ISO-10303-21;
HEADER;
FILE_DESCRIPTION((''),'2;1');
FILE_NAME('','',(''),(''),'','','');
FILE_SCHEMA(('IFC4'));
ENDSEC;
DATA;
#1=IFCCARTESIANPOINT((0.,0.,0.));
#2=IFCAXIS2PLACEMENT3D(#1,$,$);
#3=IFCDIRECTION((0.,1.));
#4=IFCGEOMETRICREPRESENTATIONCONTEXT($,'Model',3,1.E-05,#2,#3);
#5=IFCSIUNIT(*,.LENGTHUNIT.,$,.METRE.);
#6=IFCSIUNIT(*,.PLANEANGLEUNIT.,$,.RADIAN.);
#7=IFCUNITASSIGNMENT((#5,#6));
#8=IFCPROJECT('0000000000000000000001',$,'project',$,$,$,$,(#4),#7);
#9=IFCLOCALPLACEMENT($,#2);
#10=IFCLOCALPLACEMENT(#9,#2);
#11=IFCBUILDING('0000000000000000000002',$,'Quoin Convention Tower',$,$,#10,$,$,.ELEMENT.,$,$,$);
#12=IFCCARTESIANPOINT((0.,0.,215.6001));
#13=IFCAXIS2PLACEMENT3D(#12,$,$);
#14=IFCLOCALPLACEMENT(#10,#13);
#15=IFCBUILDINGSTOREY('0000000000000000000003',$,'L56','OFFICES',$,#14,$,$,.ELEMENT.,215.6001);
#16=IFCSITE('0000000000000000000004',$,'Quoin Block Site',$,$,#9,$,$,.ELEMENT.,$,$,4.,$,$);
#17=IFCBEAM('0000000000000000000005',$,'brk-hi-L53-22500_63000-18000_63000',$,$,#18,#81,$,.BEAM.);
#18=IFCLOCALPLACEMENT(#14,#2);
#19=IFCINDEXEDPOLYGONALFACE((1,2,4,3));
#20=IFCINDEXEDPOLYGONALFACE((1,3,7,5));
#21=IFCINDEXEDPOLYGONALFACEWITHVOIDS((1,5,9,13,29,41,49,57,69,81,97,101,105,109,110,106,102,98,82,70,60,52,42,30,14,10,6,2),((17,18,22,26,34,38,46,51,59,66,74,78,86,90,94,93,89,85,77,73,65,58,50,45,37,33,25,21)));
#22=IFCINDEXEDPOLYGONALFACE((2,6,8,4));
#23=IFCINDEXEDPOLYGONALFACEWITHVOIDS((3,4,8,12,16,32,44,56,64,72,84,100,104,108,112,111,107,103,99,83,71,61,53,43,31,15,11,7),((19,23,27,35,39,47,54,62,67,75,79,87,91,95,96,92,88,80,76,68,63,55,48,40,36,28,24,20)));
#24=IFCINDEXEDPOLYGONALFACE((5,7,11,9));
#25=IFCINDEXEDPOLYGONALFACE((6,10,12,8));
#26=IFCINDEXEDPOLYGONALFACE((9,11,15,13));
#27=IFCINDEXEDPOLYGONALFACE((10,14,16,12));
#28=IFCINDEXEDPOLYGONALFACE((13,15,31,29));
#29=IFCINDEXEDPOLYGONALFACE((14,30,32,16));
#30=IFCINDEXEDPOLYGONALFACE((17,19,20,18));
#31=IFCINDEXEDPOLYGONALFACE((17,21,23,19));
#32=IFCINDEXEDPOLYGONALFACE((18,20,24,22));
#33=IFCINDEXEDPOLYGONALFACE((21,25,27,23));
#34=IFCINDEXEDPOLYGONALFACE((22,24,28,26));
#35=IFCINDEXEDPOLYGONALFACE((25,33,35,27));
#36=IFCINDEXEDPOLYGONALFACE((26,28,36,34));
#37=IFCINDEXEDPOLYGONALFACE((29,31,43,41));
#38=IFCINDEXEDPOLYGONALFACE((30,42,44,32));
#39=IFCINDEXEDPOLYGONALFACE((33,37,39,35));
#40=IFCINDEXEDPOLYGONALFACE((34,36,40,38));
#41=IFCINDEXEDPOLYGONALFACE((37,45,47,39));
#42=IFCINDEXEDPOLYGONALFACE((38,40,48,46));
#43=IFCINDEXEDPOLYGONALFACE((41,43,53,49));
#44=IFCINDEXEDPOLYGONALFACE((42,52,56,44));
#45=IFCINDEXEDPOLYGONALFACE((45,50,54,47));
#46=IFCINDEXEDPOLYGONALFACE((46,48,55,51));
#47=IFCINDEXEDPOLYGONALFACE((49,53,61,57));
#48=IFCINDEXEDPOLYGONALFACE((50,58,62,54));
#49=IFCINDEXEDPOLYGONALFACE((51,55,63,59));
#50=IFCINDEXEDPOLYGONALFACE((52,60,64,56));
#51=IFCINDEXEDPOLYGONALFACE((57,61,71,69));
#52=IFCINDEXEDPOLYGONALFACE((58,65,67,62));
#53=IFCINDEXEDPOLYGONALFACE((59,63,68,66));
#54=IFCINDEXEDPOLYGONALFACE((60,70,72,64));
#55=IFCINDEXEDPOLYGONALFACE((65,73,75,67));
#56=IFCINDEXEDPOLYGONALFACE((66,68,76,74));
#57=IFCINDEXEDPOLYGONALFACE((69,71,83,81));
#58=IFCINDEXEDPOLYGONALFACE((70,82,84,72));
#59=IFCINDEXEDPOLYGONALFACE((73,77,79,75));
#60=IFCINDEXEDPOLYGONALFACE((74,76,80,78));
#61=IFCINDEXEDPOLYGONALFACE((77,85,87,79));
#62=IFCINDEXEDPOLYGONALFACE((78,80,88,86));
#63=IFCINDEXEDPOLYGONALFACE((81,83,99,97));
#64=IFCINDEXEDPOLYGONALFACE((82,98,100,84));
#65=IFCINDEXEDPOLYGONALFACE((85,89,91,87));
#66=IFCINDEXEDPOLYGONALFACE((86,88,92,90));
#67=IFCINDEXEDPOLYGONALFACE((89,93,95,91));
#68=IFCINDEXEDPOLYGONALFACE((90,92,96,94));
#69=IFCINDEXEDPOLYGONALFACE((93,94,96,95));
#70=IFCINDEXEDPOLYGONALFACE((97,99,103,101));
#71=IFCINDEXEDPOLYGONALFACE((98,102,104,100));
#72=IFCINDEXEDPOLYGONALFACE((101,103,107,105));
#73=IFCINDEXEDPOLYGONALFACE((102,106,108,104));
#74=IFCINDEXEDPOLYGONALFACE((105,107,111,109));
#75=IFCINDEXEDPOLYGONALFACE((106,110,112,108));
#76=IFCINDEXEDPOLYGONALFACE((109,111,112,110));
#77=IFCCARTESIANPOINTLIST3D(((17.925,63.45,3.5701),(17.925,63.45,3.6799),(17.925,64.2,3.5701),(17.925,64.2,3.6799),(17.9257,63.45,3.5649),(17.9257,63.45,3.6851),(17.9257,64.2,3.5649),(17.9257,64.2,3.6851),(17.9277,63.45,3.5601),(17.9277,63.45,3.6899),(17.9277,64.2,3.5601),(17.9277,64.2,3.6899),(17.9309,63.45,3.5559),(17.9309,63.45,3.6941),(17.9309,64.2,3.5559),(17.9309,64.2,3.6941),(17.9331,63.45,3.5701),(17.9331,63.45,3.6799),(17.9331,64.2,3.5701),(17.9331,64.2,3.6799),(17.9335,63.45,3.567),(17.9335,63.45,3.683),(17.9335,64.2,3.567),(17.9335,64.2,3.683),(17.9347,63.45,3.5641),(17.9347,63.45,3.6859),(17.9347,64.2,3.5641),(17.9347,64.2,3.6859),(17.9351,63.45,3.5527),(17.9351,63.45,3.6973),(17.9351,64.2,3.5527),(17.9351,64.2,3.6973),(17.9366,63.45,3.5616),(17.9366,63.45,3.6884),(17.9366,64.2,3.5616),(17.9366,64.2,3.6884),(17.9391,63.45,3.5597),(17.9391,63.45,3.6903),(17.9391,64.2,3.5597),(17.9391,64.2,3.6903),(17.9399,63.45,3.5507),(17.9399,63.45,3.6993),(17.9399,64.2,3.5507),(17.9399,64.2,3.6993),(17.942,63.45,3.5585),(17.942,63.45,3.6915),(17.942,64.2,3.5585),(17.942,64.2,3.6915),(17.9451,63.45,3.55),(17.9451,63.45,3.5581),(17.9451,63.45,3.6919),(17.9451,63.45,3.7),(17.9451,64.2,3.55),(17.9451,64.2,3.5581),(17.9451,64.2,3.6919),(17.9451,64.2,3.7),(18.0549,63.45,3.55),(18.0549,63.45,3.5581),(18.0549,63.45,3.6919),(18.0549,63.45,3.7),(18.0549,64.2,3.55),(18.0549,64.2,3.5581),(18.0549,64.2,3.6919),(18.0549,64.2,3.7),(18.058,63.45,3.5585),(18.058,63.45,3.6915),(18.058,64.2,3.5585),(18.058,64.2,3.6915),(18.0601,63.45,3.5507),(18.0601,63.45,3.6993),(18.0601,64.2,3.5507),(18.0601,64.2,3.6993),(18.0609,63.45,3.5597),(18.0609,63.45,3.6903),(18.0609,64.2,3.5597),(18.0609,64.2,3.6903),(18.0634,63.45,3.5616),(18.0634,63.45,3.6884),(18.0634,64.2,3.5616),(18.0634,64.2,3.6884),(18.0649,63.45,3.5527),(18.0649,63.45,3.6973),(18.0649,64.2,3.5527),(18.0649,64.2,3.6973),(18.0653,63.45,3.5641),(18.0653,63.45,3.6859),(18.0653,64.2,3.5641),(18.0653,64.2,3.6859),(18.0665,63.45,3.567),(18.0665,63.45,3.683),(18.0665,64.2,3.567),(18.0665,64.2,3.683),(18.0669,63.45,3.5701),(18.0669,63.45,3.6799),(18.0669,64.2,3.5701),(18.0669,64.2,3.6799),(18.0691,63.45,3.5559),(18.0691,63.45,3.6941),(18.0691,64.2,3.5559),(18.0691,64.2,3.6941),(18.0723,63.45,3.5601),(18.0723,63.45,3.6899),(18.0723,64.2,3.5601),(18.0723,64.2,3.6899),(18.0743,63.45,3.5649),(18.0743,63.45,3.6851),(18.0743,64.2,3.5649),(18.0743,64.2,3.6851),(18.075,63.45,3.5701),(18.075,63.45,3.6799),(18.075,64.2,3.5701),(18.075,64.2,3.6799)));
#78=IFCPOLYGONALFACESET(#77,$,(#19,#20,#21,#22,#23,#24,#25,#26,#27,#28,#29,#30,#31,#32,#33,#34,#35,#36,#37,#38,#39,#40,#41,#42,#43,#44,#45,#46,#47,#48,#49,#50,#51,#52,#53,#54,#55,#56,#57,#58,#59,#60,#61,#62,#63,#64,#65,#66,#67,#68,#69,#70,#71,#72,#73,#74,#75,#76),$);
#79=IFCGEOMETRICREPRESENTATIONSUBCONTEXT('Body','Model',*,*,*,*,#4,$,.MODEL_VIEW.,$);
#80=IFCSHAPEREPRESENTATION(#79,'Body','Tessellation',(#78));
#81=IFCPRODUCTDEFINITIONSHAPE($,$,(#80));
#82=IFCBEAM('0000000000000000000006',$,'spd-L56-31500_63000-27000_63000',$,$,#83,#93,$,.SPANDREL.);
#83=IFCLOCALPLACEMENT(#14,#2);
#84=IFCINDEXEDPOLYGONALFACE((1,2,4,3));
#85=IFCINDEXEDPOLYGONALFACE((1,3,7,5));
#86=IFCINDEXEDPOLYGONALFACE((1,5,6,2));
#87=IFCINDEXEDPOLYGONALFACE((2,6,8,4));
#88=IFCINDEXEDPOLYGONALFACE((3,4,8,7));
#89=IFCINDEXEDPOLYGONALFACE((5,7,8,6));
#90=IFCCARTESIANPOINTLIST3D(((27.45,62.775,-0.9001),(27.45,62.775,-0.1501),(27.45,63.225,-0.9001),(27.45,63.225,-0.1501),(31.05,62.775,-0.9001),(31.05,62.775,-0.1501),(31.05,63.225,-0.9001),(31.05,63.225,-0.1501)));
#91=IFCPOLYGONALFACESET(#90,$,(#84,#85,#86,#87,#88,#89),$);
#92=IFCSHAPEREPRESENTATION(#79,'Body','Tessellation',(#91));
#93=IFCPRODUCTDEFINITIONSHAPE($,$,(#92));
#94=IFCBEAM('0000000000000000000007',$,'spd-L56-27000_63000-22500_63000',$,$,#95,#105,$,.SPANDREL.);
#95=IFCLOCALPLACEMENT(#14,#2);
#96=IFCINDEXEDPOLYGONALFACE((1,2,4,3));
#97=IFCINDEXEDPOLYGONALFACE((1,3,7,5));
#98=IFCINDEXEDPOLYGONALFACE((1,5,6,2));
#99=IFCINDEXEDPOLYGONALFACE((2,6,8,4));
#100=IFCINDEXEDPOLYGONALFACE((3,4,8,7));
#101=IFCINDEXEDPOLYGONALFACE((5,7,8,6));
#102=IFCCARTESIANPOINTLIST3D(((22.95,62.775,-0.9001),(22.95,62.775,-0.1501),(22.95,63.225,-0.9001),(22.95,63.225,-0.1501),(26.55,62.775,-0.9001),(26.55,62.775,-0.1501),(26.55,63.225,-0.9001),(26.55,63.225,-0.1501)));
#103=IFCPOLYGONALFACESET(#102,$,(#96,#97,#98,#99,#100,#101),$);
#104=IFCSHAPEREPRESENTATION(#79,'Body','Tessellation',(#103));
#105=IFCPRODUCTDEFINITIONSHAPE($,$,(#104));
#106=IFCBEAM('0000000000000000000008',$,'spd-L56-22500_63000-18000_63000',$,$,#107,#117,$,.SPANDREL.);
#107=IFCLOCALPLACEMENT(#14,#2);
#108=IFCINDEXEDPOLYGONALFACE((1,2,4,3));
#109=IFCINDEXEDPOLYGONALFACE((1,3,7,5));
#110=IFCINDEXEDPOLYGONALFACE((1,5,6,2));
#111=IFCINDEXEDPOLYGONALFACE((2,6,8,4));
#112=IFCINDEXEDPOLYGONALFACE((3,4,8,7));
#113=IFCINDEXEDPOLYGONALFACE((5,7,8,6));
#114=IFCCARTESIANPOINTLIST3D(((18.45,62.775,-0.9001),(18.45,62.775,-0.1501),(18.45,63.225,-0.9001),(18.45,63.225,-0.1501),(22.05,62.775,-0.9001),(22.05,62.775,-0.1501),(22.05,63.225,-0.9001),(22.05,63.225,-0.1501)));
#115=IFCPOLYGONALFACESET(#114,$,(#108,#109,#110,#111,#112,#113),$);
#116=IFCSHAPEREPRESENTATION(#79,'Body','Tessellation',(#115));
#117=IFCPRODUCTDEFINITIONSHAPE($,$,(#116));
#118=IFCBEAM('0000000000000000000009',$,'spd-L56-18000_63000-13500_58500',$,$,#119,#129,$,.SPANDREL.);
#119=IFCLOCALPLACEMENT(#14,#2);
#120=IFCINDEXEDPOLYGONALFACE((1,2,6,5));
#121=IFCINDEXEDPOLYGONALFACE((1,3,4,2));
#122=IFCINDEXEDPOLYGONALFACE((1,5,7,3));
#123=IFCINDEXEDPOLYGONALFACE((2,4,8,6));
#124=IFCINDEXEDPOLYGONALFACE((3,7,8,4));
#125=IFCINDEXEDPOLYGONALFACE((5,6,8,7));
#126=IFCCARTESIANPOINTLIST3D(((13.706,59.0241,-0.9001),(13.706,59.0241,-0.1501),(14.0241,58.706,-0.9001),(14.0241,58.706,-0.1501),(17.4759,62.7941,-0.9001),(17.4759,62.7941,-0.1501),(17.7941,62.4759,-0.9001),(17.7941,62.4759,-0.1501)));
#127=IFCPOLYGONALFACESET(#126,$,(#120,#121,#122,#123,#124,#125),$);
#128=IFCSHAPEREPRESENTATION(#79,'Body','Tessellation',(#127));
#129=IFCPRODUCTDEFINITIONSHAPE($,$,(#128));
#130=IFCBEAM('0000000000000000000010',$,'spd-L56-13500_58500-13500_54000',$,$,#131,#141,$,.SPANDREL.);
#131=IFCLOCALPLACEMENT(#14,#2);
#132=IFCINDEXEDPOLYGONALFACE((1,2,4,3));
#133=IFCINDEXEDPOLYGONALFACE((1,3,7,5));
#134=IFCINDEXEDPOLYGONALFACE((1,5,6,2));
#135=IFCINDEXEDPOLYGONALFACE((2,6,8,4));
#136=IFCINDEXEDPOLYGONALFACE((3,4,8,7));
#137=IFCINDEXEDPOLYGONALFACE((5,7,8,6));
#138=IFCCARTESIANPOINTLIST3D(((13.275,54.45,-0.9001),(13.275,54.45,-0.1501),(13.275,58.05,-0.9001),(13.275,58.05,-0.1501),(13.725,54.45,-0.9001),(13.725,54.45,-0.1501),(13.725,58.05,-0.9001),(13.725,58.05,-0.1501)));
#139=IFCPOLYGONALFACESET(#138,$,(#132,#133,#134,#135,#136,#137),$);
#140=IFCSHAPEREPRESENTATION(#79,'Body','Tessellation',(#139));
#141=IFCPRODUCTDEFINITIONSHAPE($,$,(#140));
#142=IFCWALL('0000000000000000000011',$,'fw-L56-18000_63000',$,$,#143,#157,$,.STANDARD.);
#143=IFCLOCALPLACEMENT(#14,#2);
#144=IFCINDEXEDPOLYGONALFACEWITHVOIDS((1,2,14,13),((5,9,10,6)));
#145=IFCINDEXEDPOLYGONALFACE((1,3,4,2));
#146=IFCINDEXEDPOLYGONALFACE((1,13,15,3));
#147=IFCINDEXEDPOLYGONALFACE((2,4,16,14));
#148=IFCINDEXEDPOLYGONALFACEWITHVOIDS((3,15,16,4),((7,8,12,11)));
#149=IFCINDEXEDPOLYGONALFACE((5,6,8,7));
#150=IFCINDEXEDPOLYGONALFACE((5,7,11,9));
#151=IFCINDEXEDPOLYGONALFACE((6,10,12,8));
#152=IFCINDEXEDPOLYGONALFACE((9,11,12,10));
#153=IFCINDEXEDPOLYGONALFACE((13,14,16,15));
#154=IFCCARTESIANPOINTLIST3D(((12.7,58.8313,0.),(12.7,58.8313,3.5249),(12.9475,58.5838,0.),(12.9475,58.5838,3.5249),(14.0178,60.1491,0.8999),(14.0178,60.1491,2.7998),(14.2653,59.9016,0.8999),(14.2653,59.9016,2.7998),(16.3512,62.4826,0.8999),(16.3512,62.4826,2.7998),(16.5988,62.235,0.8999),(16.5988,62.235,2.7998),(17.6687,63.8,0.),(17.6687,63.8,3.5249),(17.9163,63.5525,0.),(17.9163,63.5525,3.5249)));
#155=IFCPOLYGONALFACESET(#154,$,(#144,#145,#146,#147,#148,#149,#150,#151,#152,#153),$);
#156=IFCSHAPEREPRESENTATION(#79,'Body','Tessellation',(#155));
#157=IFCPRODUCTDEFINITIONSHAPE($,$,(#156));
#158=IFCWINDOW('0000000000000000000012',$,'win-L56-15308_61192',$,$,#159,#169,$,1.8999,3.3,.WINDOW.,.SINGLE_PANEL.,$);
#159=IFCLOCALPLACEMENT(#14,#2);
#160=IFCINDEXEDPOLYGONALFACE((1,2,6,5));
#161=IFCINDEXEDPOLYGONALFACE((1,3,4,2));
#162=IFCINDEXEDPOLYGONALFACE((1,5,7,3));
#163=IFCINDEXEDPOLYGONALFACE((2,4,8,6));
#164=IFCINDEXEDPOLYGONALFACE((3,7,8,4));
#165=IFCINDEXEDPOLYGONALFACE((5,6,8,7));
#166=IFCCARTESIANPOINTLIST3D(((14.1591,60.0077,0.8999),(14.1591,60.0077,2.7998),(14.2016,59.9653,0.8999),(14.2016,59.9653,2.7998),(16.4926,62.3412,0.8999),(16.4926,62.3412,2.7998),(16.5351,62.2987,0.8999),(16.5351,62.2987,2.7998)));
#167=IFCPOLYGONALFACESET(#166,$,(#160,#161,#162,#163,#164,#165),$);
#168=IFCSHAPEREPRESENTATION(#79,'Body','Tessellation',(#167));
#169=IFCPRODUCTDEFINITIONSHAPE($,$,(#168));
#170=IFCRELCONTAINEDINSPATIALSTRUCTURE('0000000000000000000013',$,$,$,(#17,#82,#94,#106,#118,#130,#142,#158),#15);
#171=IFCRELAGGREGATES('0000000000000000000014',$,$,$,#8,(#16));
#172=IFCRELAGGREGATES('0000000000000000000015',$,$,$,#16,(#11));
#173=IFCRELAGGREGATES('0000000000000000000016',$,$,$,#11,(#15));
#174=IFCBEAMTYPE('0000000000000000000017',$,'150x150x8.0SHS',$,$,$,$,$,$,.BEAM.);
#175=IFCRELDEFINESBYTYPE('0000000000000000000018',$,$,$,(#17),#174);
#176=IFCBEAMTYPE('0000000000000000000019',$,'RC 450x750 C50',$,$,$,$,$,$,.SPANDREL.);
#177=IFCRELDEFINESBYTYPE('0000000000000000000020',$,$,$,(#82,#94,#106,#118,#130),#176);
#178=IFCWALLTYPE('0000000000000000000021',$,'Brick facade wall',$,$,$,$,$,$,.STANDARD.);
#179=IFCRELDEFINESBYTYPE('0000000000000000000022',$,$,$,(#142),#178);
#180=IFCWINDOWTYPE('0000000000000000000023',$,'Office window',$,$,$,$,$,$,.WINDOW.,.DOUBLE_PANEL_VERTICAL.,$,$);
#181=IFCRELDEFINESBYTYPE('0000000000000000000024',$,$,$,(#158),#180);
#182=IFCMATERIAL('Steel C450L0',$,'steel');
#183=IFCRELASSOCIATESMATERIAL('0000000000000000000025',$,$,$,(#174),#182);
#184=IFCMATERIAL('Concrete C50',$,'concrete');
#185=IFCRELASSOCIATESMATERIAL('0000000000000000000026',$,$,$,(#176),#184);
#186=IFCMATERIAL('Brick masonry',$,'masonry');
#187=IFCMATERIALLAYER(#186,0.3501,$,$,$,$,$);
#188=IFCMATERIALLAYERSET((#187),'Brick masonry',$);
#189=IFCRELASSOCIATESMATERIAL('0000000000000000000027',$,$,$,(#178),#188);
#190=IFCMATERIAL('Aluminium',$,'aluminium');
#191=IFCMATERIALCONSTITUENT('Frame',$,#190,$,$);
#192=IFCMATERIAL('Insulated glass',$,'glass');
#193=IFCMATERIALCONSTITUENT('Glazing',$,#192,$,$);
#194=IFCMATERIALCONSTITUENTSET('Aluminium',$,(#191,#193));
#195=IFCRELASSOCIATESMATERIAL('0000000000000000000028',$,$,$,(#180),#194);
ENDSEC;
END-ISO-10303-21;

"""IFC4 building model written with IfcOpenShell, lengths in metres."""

from ifc_helpers import new_model, si_unit, direction, frame, frame_2d, origin, origin_2d, place, context, subcontext, project, spatial, rectangle, hollow_rectangle, extrude, material, layer, layer_set, constituent, constituent_set, material_profile, profile_set, type_object, element, fill, save


model = new_model("IFC4")

# Units and contexts
model_context = context("Model", 3, precision=1e-05, world=origin(), true_north=direction((0.0, 1.0)))
body_context = subcontext(model_context, "Body", "Model", "MODEL_VIEW")
ifc_project = project(units=[si_unit("LENGTHUNIT", "METRE"), si_unit("PLANEANGLEUNIT", "RADIAN")], contexts=[model_context])

# Site, building, storey
site_placement = place(None, origin())
site = spatial("IfcSite", under=ifc_project, at=site_placement, Name="Quoin Block Site", CompositionType="ELEMENT", RefElevation=4.0)
building_placement = place(site_placement, origin())
building = spatial("IfcBuilding", under=site, at=building_placement, Name="Quoin Convention Tower", CompositionType="ELEMENT")
storey_placement = place(building_placement, frame((0.0, 0.0, 215.6001)))
storey = spatial("IfcBuildingStorey", under=building, at=storey_placement, Name="L56", Description="OFFICES", CompositionType="ELEMENT", Elevation=215.6001)

# Shared definitions
ifc_material_1 = material(Name="Concrete C50", Category="concrete")

# Beams
ifc_material_2 = material(Name="Steel C450L0", Category="steel")
ifc_material_profile_1 = material_profile(ifc_material_2, hollow_rectangle(XDim=0.1499, YDim=0.1499, WallThickness=0.0081, InnerFilletRadius=0.012, OuterFilletRadius=0.02, at=origin_2d()), Name="150x150x8.0SHS")
ifc_profile_set_1 = profile_set([ifc_material_profile_1], Name="Steel C450L0")
beam_type_1 = type_object("IfcBeamType", Name="150x150x8.0SHS", PredefinedType="BEAM", material=ifc_profile_set_1)
for number, where, z_axis, x_axis, name in (
    (1, (18.0, 63.45, 3.625), (0.0, 1.0, 0.0), (-1.0, 0.0, 0.0), "brk-hi-L53-22500_63000-18000_63000"),
):
    element("IfcBeam", number, at=place(storey_placement, frame(where, z_axis=z_axis, x_axis=x_axis)), inside=storey, type_object=beam_type_1, Name=name, PredefinedType="BEAM", context=body_context, shape_type="SweptSolid", body=[
        extrude(hollow_rectangle(XDim=0.1499, YDim=0.1499, WallThickness=0.0081, InnerFilletRadius=0.012, OuterFilletRadius=0.02, at=origin_2d()), origin(), (0.0, 0.0, 1.0), 0.75),
    ])
ifc_material_profile_2 = material_profile(ifc_material_1, rectangle(XDim=0.45, YDim=0.75, at=origin_2d()), Name="RC 450x750")
ifc_profile_set_2 = profile_set([ifc_material_profile_2], Name="Concrete C50")
beam_type_2 = type_object("IfcBeamType", Name="RC 450x750 C50", PredefinedType="SPANDREL", material=ifc_profile_set_2)
for number, where, z_axis, x_axis, name in (
    (2, (31.05, 63.0, -0.5251), (-1.0, 0.0, 0.0), (0.0, -1.0, 0.0), "spd-L56-31500_63000-27000_63000"),
    (3, (26.55, 63.0, -0.5251), (-1.0, 0.0, 0.0), (0.0, -1.0, 0.0), "spd-L56-27000_63000-22500_63000"),
    (4, (22.05, 63.0, -0.5251), (-1.0, 0.0, 0.0), (0.0, -1.0, 0.0), "spd-L56-22500_63000-18000_63000"),
):
    element("IfcBeam", number, at=place(storey_placement, frame(where, z_axis=z_axis, x_axis=x_axis)), inside=storey, type_object=beam_type_2, Name=name, PredefinedType="SPANDREL", context=body_context, shape_type="SweptSolid", body=[
        extrude(rectangle(XDim=0.45, YDim=0.75, at=origin_2d()), origin(), (0.0, 0.0, 1.0), 3.6001),
    ])
beam_1_placement = place(storey_placement, frame((17.635, 62.635, -0.5251), z_axis=(-0.707107, -0.707107, 0.0), x_axis=(0.707107, -0.707107, 0.0)))
element("IfcBeam", 5, at=beam_1_placement, inside=storey, type_object=beam_type_2, Name="spd-L56-18000_63000-13500_58500", PredefinedType="SPANDREL", context=body_context, shape_type="SweptSolid", body=[
    extrude(rectangle(XDim=0.45, YDim=0.75, at=origin_2d()), origin(), (0.0, 0.0, 1.0), 5.3315),
])
beam_2_placement = place(storey_placement, frame((13.5, 58.05, -0.5251), z_axis=(0.0, -1.0, 0.0), x_axis=(1.0, 0.0, 0.0)))
element("IfcBeam", 6, at=beam_2_placement, inside=storey, type_object=beam_type_2, Name="spd-L56-13500_58500-13500_54000", PredefinedType="SPANDREL", context=body_context, shape_type="SweptSolid", body=[
    extrude(rectangle(XDim=0.45, YDim=0.75, at=origin_2d()), origin(), (0.0, 0.0, 1.0), 3.6001),
])

# Wall, opening, window
ifc_material_3 = material(Name="Brick masonry", Category="masonry")
ifc_layer_1 = layer(ifc_material_3, 0.3501)
ifc_layer_set_1 = layer_set([ifc_layer_1], Name="Brick masonry")
wall_type_1 = type_object("IfcWallType", Name="Brick facade wall", PredefinedType="STANDARD", material=ifc_layer_set_1)
wall_1_placement = place(storey_placement, frame((17.7925, 63.6763, 0.0), z_axis=(0.0, 0.0, 1.0), x_axis=(-0.707107, -0.707107, 0.0)))
wall_1 = element("IfcWall", 7, at=wall_1_placement, inside=storey, type_object=wall_type_1, Name="fw-L56-18000_63000", PredefinedType="STANDARD", context=body_context, shape_type="SweptSolid", body=[
    extrude(rectangle(XDim=7.0269, YDim=0.3501, at=frame_2d((3.5134, 0.0))), origin(), (0.0, 0.0, 1.0), 3.5249),
])
opening_1_placement = place(wall_1_placement, frame((1.8633, 0.0, 0.8999)))
opening_1 = element("IfcOpeningElement", 8, at=opening_1_placement, cuts=wall_1, PredefinedType="OPENING", context=body_context, shape_type="SweptSolid", body=[
    extrude(rectangle(XDim=3.3, YDim=1.8999, at=frame_2d((1.6499, 0.95))), frame((0.0, 0.1851, 0.0), z_axis=(0.0, -1.0, 0.0), x_axis=(1.0, 0.0, 0.0)), (0.0, 0.0, 1.0), 0.3701),
])
ifc_material_4 = material(Name="Aluminium", Category="aluminium")
ifc_constituent_1 = constituent(ifc_material_4, Name="Frame")
ifc_material_5 = material(Name="Insulated glass", Category="glass")
ifc_constituent_2 = constituent(ifc_material_5, Name="Glazing")
ifc_constituent_set = constituent_set(constituents=[ifc_constituent_1, ifc_constituent_2], Name="Aluminium")
window_type = type_object("IfcWindowType", Name="Office window", PartitioningType="DOUBLE_PANEL_VERTICAL", PredefinedType="WINDOW", material=ifc_constituent_set)
window_1_placement = place(opening_1_placement, origin())
window_1 = element("IfcWindow", 9, at=window_1_placement, inside=storey, type_object=window_type, Name="win-L56-15308_61192", OverallHeight=1.8999, OverallWidth=3.3, PartitioningType="SINGLE_PANEL", PredefinedType="WINDOW", context=body_context, shape_type="SweptSolid", body=[
    extrude(rectangle(XDim=3.3, YDim=1.8999, at=frame_2d((1.6499, 0.95))), frame((0.0, 0.085, 0.0), z_axis=(0.0, -1.0, 0.0), x_axis=(1.0, 0.0, 0.0)), (0.0, 0.0, 1.0), 0.0601),
])
fill(opening_1, window_1)

save(model, "model.ifc")
